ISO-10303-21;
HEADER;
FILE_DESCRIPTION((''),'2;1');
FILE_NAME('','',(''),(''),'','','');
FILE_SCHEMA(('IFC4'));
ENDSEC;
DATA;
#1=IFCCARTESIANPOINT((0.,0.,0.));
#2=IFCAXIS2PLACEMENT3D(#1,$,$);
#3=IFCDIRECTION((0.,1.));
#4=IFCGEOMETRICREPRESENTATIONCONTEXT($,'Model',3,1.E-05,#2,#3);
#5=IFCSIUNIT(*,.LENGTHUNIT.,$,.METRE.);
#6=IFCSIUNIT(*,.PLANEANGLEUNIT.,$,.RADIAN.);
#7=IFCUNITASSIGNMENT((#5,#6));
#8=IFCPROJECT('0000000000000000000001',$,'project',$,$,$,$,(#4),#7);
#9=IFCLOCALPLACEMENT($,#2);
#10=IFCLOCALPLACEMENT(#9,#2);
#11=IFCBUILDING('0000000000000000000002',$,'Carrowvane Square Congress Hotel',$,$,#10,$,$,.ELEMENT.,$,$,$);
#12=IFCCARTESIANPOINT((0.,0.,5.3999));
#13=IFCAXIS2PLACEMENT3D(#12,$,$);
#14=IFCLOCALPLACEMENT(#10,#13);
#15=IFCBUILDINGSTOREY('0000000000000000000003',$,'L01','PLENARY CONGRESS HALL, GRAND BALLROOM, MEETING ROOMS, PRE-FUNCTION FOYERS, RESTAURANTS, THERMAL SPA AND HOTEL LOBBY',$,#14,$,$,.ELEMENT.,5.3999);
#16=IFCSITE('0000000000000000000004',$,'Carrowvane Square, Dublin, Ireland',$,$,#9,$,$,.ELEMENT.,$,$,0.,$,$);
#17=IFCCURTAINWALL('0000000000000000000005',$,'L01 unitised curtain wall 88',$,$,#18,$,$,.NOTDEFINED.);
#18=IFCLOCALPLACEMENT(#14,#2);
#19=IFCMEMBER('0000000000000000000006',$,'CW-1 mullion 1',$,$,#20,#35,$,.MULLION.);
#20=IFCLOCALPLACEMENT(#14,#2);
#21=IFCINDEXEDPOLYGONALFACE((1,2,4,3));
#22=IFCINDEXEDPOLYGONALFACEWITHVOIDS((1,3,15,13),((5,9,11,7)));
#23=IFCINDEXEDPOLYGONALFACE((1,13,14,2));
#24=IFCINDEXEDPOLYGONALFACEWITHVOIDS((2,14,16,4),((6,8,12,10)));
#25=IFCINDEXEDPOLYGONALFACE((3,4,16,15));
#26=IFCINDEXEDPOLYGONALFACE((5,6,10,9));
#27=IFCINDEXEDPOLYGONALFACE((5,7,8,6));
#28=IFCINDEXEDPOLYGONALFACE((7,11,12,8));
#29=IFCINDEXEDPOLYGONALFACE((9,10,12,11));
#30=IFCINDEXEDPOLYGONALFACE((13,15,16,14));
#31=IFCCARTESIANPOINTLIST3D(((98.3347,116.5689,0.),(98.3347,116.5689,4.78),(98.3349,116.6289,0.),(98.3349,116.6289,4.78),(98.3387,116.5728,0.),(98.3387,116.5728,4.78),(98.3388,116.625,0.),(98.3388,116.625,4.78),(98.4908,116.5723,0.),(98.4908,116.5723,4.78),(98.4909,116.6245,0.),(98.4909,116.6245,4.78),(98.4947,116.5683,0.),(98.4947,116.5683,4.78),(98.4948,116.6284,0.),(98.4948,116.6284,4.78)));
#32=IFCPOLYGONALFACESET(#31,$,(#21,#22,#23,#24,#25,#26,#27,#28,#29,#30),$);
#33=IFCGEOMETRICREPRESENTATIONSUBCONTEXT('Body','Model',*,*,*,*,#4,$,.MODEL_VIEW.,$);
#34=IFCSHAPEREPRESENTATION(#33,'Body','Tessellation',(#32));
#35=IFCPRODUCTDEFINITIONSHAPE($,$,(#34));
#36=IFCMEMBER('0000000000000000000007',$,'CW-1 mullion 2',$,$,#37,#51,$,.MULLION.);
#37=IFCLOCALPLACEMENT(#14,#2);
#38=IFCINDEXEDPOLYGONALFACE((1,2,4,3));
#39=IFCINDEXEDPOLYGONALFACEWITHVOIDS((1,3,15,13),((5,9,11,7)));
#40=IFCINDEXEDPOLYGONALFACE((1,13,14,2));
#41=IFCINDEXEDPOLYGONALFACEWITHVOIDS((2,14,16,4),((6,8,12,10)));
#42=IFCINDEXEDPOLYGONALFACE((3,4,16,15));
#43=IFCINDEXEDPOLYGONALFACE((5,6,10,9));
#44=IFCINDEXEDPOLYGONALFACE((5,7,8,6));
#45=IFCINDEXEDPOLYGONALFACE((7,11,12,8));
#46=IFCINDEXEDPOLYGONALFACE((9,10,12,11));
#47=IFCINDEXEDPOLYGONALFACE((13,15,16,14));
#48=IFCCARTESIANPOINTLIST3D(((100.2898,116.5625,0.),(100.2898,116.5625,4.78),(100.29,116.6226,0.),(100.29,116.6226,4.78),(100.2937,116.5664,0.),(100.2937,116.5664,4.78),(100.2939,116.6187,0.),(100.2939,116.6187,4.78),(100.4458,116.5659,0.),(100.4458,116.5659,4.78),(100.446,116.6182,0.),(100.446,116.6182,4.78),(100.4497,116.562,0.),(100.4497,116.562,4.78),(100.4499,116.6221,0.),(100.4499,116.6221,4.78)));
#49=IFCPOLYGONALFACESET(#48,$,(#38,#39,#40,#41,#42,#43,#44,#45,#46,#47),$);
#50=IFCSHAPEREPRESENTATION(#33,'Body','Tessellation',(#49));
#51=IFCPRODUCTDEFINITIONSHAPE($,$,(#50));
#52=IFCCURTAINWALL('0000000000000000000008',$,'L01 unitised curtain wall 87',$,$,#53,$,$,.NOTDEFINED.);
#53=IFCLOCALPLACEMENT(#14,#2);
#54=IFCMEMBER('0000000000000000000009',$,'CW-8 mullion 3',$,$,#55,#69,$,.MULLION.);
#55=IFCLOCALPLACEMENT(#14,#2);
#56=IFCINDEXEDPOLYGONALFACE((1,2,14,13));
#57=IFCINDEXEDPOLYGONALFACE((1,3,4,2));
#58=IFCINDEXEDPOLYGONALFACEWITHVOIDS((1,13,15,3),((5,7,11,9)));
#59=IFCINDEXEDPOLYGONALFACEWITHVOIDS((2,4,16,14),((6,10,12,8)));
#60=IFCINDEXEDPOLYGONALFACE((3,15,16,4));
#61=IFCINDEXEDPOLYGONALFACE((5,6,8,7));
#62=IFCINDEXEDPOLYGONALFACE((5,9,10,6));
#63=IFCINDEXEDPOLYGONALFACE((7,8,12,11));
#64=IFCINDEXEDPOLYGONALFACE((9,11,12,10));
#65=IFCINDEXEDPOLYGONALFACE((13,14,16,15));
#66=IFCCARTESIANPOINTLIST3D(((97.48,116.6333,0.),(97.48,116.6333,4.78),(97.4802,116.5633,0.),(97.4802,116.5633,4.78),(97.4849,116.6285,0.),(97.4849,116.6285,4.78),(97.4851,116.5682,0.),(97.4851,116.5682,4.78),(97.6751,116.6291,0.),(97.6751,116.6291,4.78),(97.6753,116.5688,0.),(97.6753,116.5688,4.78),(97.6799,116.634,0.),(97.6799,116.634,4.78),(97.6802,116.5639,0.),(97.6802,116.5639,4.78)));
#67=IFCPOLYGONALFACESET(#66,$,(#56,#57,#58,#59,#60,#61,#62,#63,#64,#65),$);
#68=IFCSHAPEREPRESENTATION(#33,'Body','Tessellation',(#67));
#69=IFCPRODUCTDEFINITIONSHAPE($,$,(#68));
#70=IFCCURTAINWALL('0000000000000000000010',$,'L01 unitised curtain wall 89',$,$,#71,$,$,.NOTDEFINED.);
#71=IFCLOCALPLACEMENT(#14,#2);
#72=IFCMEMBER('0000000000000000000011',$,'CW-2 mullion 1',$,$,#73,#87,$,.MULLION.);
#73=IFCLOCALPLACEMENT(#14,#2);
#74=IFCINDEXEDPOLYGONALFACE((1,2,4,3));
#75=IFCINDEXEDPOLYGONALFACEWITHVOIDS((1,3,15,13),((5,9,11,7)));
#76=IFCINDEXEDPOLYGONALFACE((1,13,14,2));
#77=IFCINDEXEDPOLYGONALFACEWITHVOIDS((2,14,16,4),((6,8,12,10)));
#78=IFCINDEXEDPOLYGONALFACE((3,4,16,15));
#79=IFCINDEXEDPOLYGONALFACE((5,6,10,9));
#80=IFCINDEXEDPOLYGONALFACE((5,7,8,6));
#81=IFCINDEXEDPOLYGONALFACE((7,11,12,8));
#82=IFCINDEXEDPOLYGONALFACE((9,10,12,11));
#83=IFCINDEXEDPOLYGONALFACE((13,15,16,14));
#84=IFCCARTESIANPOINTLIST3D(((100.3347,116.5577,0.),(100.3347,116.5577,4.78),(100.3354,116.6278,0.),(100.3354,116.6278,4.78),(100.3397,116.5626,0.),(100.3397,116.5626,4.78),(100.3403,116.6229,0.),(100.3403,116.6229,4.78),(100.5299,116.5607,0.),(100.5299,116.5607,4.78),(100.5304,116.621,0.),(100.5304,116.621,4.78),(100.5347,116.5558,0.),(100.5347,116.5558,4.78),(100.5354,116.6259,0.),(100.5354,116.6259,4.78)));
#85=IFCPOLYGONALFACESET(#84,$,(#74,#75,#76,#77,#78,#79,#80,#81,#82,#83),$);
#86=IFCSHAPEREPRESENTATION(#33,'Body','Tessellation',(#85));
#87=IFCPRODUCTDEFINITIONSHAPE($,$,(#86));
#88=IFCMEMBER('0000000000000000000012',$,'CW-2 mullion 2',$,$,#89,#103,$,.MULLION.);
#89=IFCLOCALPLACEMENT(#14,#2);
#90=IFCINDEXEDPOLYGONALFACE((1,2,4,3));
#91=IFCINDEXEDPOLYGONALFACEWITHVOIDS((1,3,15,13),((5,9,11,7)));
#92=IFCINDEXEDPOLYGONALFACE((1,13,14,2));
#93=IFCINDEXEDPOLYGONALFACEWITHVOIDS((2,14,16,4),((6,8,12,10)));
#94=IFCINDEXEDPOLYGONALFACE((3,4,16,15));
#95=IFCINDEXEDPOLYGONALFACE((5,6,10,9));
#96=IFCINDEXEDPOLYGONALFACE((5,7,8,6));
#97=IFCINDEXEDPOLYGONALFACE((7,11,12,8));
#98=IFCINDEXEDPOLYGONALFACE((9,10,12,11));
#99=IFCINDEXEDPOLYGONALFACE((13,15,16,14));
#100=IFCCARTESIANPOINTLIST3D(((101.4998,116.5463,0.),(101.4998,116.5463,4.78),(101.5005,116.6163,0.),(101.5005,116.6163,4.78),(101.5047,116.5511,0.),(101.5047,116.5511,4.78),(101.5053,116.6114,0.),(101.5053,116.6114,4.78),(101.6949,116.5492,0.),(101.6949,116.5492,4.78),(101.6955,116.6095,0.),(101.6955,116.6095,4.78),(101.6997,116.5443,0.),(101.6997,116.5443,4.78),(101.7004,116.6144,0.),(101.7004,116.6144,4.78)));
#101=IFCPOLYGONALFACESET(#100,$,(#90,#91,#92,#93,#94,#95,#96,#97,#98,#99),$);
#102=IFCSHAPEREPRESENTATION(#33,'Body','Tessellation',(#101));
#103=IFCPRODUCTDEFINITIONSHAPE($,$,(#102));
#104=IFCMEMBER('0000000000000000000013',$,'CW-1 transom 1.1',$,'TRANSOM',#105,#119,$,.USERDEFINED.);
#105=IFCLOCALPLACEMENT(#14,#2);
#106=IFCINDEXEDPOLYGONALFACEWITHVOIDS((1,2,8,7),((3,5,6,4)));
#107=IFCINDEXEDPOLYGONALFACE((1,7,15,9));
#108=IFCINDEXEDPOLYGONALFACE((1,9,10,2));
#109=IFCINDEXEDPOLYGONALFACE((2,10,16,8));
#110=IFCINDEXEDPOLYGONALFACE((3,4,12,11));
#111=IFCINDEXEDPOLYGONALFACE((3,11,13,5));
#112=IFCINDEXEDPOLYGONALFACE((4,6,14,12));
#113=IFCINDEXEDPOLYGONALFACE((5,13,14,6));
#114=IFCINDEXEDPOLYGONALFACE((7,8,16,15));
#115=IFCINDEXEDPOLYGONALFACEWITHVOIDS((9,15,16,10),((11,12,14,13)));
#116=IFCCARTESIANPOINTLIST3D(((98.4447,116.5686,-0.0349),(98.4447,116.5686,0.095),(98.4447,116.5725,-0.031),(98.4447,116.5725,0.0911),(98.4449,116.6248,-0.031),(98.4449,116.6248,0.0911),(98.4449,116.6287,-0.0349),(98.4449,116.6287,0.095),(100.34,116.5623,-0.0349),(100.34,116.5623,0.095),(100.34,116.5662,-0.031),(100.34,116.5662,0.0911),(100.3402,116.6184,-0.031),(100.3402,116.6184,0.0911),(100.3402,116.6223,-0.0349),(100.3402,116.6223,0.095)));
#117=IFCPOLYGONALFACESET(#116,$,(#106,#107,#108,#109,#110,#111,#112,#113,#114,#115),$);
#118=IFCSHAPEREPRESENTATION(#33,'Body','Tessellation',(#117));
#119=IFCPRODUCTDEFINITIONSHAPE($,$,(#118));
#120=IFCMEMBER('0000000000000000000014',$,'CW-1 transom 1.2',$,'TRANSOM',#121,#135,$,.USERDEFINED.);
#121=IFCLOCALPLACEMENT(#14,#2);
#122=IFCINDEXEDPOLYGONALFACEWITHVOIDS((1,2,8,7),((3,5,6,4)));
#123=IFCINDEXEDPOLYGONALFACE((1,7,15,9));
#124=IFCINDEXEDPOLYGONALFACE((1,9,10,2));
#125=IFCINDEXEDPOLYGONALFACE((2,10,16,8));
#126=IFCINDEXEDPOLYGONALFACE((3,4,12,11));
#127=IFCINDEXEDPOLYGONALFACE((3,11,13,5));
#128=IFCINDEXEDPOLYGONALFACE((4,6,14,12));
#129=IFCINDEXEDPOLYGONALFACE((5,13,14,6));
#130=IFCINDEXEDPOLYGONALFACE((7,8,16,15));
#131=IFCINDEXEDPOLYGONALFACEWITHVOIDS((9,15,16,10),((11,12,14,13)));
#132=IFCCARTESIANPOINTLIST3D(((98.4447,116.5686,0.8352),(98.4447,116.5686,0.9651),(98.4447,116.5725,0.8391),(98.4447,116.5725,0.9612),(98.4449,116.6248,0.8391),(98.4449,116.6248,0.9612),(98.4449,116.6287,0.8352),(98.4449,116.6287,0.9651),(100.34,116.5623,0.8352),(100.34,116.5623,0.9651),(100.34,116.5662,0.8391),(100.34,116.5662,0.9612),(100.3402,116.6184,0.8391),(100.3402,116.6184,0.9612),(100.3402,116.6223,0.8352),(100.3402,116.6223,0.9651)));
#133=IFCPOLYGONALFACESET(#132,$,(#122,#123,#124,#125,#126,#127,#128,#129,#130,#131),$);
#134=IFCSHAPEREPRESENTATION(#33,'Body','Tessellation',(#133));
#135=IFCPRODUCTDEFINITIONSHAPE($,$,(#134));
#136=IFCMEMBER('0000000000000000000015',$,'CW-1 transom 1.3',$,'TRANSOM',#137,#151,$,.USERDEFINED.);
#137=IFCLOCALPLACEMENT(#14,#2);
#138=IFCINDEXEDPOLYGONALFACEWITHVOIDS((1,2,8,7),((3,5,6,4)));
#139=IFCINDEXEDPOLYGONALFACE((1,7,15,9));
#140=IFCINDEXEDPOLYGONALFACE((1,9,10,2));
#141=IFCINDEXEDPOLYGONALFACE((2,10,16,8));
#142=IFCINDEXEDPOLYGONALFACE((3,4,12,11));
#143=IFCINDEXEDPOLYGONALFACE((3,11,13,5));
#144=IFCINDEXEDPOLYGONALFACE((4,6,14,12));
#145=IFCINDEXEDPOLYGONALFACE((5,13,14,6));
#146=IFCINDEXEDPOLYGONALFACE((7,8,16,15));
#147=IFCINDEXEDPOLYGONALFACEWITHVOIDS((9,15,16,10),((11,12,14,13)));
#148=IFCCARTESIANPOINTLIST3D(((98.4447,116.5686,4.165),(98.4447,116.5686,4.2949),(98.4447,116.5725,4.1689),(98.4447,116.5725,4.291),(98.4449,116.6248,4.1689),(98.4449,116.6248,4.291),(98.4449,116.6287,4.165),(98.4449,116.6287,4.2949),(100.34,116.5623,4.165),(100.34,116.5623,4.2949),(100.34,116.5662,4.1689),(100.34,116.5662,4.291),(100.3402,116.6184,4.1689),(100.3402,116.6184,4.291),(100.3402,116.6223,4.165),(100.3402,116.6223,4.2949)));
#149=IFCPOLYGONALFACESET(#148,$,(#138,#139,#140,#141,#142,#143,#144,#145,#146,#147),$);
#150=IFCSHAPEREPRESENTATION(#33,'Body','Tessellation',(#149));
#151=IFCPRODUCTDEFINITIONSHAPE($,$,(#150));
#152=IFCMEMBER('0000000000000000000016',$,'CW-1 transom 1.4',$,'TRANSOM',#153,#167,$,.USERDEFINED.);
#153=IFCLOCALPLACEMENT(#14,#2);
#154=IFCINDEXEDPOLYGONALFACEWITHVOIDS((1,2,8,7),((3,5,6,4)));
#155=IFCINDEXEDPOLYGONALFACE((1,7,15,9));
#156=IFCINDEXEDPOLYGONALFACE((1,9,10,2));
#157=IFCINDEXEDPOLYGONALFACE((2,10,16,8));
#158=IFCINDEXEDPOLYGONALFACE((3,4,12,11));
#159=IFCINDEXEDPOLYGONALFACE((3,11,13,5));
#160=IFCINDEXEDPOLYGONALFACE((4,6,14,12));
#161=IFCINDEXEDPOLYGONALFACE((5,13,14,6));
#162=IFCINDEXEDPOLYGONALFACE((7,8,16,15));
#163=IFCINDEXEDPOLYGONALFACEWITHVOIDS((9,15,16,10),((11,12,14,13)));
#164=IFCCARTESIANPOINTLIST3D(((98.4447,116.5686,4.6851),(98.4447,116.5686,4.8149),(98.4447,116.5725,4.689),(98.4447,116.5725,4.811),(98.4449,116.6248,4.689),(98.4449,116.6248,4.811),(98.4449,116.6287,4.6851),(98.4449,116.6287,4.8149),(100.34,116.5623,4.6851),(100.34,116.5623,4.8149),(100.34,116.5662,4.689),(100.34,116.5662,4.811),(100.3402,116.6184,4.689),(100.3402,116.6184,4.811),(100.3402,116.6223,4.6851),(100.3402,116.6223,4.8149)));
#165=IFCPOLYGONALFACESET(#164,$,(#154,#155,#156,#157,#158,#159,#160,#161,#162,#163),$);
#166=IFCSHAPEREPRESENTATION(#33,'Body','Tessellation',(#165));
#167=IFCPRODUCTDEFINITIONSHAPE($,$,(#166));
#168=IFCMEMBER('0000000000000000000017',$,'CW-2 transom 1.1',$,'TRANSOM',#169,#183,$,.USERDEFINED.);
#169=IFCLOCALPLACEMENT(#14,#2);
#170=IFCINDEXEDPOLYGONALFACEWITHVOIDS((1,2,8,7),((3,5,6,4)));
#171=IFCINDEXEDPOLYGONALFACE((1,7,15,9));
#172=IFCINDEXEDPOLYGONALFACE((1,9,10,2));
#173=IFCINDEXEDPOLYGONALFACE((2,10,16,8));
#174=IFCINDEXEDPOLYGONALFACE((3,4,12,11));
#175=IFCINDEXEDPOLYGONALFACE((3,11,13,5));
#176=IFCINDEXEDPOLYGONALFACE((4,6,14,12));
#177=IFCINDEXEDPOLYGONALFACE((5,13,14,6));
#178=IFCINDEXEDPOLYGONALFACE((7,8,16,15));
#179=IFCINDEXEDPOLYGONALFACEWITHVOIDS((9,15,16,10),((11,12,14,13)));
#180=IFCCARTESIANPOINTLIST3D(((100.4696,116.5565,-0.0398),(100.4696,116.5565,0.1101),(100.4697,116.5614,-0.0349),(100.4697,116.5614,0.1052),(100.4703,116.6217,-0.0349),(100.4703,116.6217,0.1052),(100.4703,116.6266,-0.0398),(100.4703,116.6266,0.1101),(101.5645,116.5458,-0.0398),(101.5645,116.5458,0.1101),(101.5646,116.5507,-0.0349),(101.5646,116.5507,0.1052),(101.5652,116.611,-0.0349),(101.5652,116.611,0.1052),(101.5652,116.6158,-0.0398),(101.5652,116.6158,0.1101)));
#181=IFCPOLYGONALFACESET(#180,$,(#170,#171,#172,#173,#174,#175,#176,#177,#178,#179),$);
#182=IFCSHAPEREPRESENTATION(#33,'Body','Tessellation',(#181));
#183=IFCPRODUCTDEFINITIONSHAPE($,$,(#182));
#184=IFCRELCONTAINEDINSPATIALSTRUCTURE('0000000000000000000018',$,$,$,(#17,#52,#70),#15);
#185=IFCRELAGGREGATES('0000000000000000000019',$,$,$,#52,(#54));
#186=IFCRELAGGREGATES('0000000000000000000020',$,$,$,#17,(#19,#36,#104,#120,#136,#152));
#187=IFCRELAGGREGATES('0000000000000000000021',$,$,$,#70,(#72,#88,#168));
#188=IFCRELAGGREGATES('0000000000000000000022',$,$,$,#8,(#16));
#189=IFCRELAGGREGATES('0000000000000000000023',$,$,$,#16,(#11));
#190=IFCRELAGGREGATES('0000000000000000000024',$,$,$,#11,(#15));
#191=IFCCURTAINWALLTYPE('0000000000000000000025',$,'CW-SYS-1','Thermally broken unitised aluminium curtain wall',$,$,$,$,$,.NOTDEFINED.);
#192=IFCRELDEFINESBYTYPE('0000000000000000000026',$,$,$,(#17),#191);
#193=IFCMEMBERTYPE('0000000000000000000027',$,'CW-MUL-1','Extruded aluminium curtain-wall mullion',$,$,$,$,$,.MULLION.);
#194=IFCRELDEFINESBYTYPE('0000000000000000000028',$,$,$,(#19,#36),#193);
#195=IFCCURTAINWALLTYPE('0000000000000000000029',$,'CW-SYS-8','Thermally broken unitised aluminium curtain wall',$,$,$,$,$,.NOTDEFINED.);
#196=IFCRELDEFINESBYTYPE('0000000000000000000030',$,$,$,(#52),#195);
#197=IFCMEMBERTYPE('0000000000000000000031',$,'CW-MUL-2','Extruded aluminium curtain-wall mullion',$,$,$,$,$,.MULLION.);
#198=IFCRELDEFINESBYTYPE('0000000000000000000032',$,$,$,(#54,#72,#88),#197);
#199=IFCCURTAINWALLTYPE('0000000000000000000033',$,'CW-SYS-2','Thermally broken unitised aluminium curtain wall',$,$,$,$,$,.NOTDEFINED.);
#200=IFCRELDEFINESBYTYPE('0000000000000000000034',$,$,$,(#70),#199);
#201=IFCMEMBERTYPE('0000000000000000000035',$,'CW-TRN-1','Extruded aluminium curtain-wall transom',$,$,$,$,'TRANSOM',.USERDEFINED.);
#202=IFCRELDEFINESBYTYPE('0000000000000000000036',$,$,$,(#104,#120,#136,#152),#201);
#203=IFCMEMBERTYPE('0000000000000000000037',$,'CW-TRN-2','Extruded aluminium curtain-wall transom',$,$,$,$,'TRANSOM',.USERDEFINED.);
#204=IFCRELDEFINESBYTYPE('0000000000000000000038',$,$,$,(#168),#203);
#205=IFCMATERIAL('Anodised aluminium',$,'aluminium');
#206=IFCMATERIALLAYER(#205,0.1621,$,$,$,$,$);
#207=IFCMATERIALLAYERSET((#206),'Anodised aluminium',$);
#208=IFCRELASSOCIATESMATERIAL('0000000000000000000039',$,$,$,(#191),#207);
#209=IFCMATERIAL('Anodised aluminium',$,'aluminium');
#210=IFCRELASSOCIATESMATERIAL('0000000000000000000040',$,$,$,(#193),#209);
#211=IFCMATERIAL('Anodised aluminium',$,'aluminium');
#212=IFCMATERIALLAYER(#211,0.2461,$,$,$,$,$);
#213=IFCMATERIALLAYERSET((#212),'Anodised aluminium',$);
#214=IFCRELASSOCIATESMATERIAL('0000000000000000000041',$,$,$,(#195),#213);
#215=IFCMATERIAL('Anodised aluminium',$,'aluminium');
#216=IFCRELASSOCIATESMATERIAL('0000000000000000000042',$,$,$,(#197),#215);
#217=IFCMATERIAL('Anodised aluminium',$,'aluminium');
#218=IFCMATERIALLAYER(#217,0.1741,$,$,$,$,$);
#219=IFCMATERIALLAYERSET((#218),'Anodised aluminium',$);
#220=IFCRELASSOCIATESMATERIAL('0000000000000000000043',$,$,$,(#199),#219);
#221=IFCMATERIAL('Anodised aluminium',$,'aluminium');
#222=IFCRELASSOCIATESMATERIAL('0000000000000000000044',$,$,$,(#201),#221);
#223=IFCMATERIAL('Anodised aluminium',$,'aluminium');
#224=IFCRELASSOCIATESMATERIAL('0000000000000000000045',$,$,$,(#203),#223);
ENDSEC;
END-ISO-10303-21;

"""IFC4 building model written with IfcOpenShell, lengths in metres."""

from ifc_helpers import new_model, si_unit, direction, frame, origin, origin_2d, place, context, subcontext, project, spatial, hollow_rectangle, extrude, material, layer, layer_set, material_profile, profile_set, type_object, element, aggregate, save


model = new_model("IFC4")

# Units and contexts
model_context = context("Model", 3, precision=1e-05, world=origin(), true_north=direction((0.0, 1.0)))
body_context = subcontext(model_context, "Body", "Model", "MODEL_VIEW")
ifc_project = project(units=[si_unit("LENGTHUNIT", "METRE"), si_unit("PLANEANGLEUNIT", "RADIAN")], contexts=[model_context])

# Site, building, storey
site_placement = place(None, origin())
site = spatial("IfcSite", under=ifc_project, at=site_placement, Name="Carrowvane Square, Dublin, Ireland", CompositionType="ELEMENT", RefElevation=0.0)
building_placement = place(site_placement, origin())
building = spatial("IfcBuilding", under=site, at=building_placement, Name="Carrowvane Square Congress Hotel", CompositionType="ELEMENT")
storey_placement = place(building_placement, frame((0.0, 0.0, 5.3999)))
storey = spatial("IfcBuildingStorey", under=building, at=storey_placement, Name="L01", Description="PLENARY CONGRESS HALL, GRAND BALLROOM, MEETING ROOMS, PRE-FUNCTION FOYERS, RESTAURANTS, THERMAL SPA AND HOTEL LOBBY", CompositionType="ELEMENT", Elevation=5.3999)

# Curtain wall, members
ifc_material_1 = material(Name="Anodised aluminium", Category="aluminium")
ifc_layer_1 = layer(ifc_material_1, 0.1621)
ifc_layer_set_1 = layer_set([ifc_layer_1], Name="Anodised aluminium")
curtain_wall_type_1 = type_object("IfcCurtainWallType", Name="CW-SYS-1", Description="Thermally broken unitised aluminium curtain wall", PredefinedType="NOTDEFINED", material=ifc_layer_set_1)
curtain_wall_1_placement = place(storey_placement, origin())
curtain_wall_1 = element("IfcCurtainWall", 1, at=curtain_wall_1_placement, inside=storey, type_object=curtain_wall_type_1, Name="L01 unitised curtain wall 88", PredefinedType="NOTDEFINED")
ifc_material_2 = material(Name="Anodised aluminium", Category="aluminium")
ifc_material_profile_1 = material_profile(ifc_material_2, hollow_rectangle(XDim=0.0601, YDim=0.1599, WallThickness=0.0039, at=origin_2d()), Name="CW-ML 60x160x4")
ifc_profile_set_1 = profile_set([ifc_material_profile_1], Name="Anodised aluminium")
member_type_1 = type_object("IfcMemberType", Name="CW-MUL-1", Description="Extruded aluminium curtain-wall mullion", PredefinedType="MULLION", material=ifc_profile_set_1)
member_1_placement = place(storey_placement, frame((98.4148, 116.5986, 0.0), z_axis=(0.0, 0.0, 1.0), x_axis=(0.00327, 0.999995, 0.0)))
member_1 = element("IfcMember", 2, at=member_1_placement, type_object=member_type_1, Name="CW-1 mullion 1", PredefinedType="MULLION", context=body_context, shape_type="SweptSolid", body=[
    extrude(hollow_rectangle(XDim=0.0601, YDim=0.1599, WallThickness=0.0039, at=origin_2d()), origin(), (0.0, 0.0, 1.0), 4.78),
])
member_2_placement = place(storey_placement, frame((100.3699, 116.5923, 0.0), z_axis=(0.0, 0.0, 1.0), x_axis=(0.00327, 0.999995, 0.0)))
member_2 = element("IfcMember", 3, at=member_2_placement, type_object=member_type_1, Name="CW-1 mullion 2", PredefinedType="MULLION", context=body_context, shape_type="SweptSolid", body=[
    extrude(hollow_rectangle(XDim=0.0601, YDim=0.1599, WallThickness=0.0039, at=origin_2d()), origin(), (0.0, 0.0, 1.0), 4.78),
])

# Curtain wall, member
ifc_material_3 = material(Name="Anodised aluminium", Category="aluminium")
ifc_layer_2 = layer(ifc_material_3, 0.2461)
ifc_layer_set_2 = layer_set([ifc_layer_2], Name="Anodised aluminium")
curtain_wall_type_2 = type_object("IfcCurtainWallType", Name="CW-SYS-8", Description="Thermally broken unitised aluminium curtain wall", PredefinedType="NOTDEFINED", material=ifc_layer_set_2)
curtain_wall_2_placement = place(storey_placement, origin())
curtain_wall_2 = element("IfcCurtainWall", 4, at=curtain_wall_2_placement, inside=storey, type_object=curtain_wall_type_2, Name="L01 unitised curtain wall 87", PredefinedType="NOTDEFINED")
ifc_material_4 = material(Name="Anodised aluminium", Category="aluminium")
ifc_material_profile_2 = material_profile(ifc_material_4, hollow_rectangle(XDim=0.0701, YDim=0.2, WallThickness=0.0049, at=origin_2d()), Name="CW-ML 70x200x5")
ifc_profile_set_2 = profile_set([ifc_material_profile_2], Name="Anodised aluminium")
member_type_2 = type_object("IfcMemberType", Name="CW-MUL-2", Description="Extruded aluminium curtain-wall mullion", PredefinedType="MULLION", material=ifc_profile_set_2)
member_3_placement = place(storey_placement, frame((97.5801, 116.5986, 0.0), z_axis=(0.0, 0.0, 1.0), x_axis=(-0.00327, 0.999995, 0.0)))
member_3 = element("IfcMember", 5, at=member_3_placement, type_object=member_type_2, Name="CW-8 mullion 3", PredefinedType="MULLION", context=body_context, shape_type="SweptSolid", body=[
    extrude(hollow_rectangle(XDim=0.0701, YDim=0.2, WallThickness=0.0049, at=origin_2d()), origin(), (0.0, 0.0, 1.0), 4.78),
])

# Curtain wall, members
ifc_material_5 = material(Name="Anodised aluminium", Category="aluminium")
ifc_layer_3 = layer(ifc_material_5, 0.1741)
ifc_layer_set_3 = layer_set([ifc_layer_3], Name="Anodised aluminium")
curtain_wall_type_3 = type_object("IfcCurtainWallType", Name="CW-SYS-2", Description="Thermally broken unitised aluminium curtain wall", PredefinedType="NOTDEFINED", material=ifc_layer_set_3)
curtain_wall_3_placement = place(storey_placement, origin())
curtain_wall_3 = element("IfcCurtainWall", 6, at=curtain_wall_3_placement, inside=storey, type_object=curtain_wall_type_3, Name="L01 unitised curtain wall 89", PredefinedType="NOTDEFINED")
member_4_placement = place(storey_placement, frame((100.4351, 116.5918, 0.0), z_axis=(0.0, 0.0, 1.0), x_axis=(0.009783, 0.999952, 0.0)))
member_4 = element("IfcMember", 7, at=member_4_placement, type_object=member_type_2, Name="CW-2 mullion 1", PredefinedType="MULLION", context=body_context, shape_type="SweptSolid", body=[
    extrude(hollow_rectangle(XDim=0.0701, YDim=0.2, WallThickness=0.0049, at=origin_2d()), origin(), (0.0, 0.0, 1.0), 4.78),
])
member_5_placement = place(storey_placement, frame((101.6001, 116.5803, 0.0), z_axis=(0.0, 0.0, 1.0), x_axis=(0.009783, 0.999952, 0.0)))
member_5 = element("IfcMember", 8, at=member_5_placement, type_object=member_type_2, Name="CW-2 mullion 2", PredefinedType="MULLION", context=body_context, shape_type="SweptSolid", body=[
    extrude(hollow_rectangle(XDim=0.0701, YDim=0.2, WallThickness=0.0049, at=origin_2d()), origin(), (0.0, 0.0, 1.0), 4.78),
])

# Members
ifc_material_6 = material(Name="Anodised aluminium", Category="aluminium")
ifc_material_profile_3 = material_profile(ifc_material_6, hollow_rectangle(XDim=0.0601, YDim=0.1299, WallThickness=0.0039, at=origin_2d()), Name="CW-TR 60x130x4")
ifc_profile_set_3 = profile_set([ifc_material_profile_3], Name="Anodised aluminium")
member_type_3 = type_object("IfcMemberType", Name="CW-TRN-1", Description="Extruded aluminium curtain-wall transom", ElementType="TRANSOM", PredefinedType="USERDEFINED", material=ifc_profile_set_3)
member_6_placement = place(storey_placement, frame((98.4448, 116.5986, 0.03), z_axis=(0.999994, -0.003349, 0.0), x_axis=(0.003349, 0.999994, 0.0)))
member_6 = element("IfcMember", 9, at=member_6_placement, type_object=member_type_3, Name="CW-1 transom 1.1", ObjectType="TRANSOM", PredefinedType="USERDEFINED", context=body_context, shape_type="SweptSolid", body=[
    extrude(hollow_rectangle(XDim=0.0601, YDim=0.1299, WallThickness=0.0039, at=origin_2d()), origin(), (0.0, 0.0, 1.0), 1.8953),
])
member_7_placement = place(storey_placement, frame((98.4448, 116.5986, 0.9001), z_axis=(0.999994, -0.003349, 0.0), x_axis=(0.003349, 0.999994, 0.0)))
member_7 = element("IfcMember", 10, at=member_7_placement, type_object=member_type_3, Name="CW-1 transom 1.2", ObjectType="TRANSOM", PredefinedType="USERDEFINED", context=body_context, shape_type="SweptSolid", body=[
    extrude(hollow_rectangle(XDim=0.0601, YDim=0.1299, WallThickness=0.0039, at=origin_2d()), origin(), (0.0, 0.0, 1.0), 1.8953),
])
member_8_placement = place(storey_placement, frame((98.4448, 116.5986, 4.23), z_axis=(0.999994, -0.003349, 0.0), x_axis=(0.003349, 0.999994, 0.0)))
member_8 = element("IfcMember", 11, at=member_8_placement, type_object=member_type_3, Name="CW-1 transom 1.3", ObjectType="TRANSOM", PredefinedType="USERDEFINED", context=body_context, shape_type="SweptSolid", body=[
    extrude(hollow_rectangle(XDim=0.0601, YDim=0.1299, WallThickness=0.0039, at=origin_2d()), origin(), (0.0, 0.0, 1.0), 1.8953),
])
member_9_placement = place(storey_placement, frame((98.4448, 116.5986, 4.75), z_axis=(0.999994, -0.003349, 0.0), x_axis=(0.003349, 0.999994, 0.0)))
member_9 = element("IfcMember", 12, at=member_9_placement, type_object=member_type_3, Name="CW-1 transom 1.4", ObjectType="TRANSOM", PredefinedType="USERDEFINED", context=body_context, shape_type="SweptSolid", body=[
    extrude(hollow_rectangle(XDim=0.0601, YDim=0.1299, WallThickness=0.0039, at=origin_2d()), origin(), (0.0, 0.0, 1.0), 1.8953),
])
ifc_material_7 = material(Name="Anodised aluminium", Category="aluminium")
ifc_material_profile_4 = material_profile(ifc_material_7, hollow_rectangle(XDim=0.0701, YDim=0.1499, WallThickness=0.0049, at=origin_2d()), Name="CW-TR 70x150x5")
ifc_profile_set_4 = profile_set([ifc_material_profile_4], Name="Anodised aluminium")
member_type_4 = type_object("IfcMemberType", Name="CW-TRN-2", Description="Extruded aluminium curtain-wall transom", ElementType="TRANSOM", PredefinedType="USERDEFINED", material=ifc_profile_set_4)
member_10_placement = place(storey_placement, frame((100.47, 116.5916, 0.0352), z_axis=(0.999952, -0.00981, 0.0), x_axis=(0.00981, 0.999952, 0.0)))
member_10 = element("IfcMember", 13, at=member_10_placement, type_object=member_type_4, Name="CW-2 transom 1.1", ObjectType="TRANSOM", PredefinedType="USERDEFINED", context=body_context, shape_type="SweptSolid", body=[
    extrude(hollow_rectangle(XDim=0.0701, YDim=0.1499, WallThickness=0.0049, at=origin_2d()), origin(), (0.0, 0.0, 1.0), 1.095),
])

aggregate(curtain_wall_2, [member_3])
aggregate(curtain_wall_1, [member_1, member_2, member_6, member_7, member_8, member_9])
aggregate(curtain_wall_3, [member_4, member_5, member_10])

save(model, "model.ifc")
